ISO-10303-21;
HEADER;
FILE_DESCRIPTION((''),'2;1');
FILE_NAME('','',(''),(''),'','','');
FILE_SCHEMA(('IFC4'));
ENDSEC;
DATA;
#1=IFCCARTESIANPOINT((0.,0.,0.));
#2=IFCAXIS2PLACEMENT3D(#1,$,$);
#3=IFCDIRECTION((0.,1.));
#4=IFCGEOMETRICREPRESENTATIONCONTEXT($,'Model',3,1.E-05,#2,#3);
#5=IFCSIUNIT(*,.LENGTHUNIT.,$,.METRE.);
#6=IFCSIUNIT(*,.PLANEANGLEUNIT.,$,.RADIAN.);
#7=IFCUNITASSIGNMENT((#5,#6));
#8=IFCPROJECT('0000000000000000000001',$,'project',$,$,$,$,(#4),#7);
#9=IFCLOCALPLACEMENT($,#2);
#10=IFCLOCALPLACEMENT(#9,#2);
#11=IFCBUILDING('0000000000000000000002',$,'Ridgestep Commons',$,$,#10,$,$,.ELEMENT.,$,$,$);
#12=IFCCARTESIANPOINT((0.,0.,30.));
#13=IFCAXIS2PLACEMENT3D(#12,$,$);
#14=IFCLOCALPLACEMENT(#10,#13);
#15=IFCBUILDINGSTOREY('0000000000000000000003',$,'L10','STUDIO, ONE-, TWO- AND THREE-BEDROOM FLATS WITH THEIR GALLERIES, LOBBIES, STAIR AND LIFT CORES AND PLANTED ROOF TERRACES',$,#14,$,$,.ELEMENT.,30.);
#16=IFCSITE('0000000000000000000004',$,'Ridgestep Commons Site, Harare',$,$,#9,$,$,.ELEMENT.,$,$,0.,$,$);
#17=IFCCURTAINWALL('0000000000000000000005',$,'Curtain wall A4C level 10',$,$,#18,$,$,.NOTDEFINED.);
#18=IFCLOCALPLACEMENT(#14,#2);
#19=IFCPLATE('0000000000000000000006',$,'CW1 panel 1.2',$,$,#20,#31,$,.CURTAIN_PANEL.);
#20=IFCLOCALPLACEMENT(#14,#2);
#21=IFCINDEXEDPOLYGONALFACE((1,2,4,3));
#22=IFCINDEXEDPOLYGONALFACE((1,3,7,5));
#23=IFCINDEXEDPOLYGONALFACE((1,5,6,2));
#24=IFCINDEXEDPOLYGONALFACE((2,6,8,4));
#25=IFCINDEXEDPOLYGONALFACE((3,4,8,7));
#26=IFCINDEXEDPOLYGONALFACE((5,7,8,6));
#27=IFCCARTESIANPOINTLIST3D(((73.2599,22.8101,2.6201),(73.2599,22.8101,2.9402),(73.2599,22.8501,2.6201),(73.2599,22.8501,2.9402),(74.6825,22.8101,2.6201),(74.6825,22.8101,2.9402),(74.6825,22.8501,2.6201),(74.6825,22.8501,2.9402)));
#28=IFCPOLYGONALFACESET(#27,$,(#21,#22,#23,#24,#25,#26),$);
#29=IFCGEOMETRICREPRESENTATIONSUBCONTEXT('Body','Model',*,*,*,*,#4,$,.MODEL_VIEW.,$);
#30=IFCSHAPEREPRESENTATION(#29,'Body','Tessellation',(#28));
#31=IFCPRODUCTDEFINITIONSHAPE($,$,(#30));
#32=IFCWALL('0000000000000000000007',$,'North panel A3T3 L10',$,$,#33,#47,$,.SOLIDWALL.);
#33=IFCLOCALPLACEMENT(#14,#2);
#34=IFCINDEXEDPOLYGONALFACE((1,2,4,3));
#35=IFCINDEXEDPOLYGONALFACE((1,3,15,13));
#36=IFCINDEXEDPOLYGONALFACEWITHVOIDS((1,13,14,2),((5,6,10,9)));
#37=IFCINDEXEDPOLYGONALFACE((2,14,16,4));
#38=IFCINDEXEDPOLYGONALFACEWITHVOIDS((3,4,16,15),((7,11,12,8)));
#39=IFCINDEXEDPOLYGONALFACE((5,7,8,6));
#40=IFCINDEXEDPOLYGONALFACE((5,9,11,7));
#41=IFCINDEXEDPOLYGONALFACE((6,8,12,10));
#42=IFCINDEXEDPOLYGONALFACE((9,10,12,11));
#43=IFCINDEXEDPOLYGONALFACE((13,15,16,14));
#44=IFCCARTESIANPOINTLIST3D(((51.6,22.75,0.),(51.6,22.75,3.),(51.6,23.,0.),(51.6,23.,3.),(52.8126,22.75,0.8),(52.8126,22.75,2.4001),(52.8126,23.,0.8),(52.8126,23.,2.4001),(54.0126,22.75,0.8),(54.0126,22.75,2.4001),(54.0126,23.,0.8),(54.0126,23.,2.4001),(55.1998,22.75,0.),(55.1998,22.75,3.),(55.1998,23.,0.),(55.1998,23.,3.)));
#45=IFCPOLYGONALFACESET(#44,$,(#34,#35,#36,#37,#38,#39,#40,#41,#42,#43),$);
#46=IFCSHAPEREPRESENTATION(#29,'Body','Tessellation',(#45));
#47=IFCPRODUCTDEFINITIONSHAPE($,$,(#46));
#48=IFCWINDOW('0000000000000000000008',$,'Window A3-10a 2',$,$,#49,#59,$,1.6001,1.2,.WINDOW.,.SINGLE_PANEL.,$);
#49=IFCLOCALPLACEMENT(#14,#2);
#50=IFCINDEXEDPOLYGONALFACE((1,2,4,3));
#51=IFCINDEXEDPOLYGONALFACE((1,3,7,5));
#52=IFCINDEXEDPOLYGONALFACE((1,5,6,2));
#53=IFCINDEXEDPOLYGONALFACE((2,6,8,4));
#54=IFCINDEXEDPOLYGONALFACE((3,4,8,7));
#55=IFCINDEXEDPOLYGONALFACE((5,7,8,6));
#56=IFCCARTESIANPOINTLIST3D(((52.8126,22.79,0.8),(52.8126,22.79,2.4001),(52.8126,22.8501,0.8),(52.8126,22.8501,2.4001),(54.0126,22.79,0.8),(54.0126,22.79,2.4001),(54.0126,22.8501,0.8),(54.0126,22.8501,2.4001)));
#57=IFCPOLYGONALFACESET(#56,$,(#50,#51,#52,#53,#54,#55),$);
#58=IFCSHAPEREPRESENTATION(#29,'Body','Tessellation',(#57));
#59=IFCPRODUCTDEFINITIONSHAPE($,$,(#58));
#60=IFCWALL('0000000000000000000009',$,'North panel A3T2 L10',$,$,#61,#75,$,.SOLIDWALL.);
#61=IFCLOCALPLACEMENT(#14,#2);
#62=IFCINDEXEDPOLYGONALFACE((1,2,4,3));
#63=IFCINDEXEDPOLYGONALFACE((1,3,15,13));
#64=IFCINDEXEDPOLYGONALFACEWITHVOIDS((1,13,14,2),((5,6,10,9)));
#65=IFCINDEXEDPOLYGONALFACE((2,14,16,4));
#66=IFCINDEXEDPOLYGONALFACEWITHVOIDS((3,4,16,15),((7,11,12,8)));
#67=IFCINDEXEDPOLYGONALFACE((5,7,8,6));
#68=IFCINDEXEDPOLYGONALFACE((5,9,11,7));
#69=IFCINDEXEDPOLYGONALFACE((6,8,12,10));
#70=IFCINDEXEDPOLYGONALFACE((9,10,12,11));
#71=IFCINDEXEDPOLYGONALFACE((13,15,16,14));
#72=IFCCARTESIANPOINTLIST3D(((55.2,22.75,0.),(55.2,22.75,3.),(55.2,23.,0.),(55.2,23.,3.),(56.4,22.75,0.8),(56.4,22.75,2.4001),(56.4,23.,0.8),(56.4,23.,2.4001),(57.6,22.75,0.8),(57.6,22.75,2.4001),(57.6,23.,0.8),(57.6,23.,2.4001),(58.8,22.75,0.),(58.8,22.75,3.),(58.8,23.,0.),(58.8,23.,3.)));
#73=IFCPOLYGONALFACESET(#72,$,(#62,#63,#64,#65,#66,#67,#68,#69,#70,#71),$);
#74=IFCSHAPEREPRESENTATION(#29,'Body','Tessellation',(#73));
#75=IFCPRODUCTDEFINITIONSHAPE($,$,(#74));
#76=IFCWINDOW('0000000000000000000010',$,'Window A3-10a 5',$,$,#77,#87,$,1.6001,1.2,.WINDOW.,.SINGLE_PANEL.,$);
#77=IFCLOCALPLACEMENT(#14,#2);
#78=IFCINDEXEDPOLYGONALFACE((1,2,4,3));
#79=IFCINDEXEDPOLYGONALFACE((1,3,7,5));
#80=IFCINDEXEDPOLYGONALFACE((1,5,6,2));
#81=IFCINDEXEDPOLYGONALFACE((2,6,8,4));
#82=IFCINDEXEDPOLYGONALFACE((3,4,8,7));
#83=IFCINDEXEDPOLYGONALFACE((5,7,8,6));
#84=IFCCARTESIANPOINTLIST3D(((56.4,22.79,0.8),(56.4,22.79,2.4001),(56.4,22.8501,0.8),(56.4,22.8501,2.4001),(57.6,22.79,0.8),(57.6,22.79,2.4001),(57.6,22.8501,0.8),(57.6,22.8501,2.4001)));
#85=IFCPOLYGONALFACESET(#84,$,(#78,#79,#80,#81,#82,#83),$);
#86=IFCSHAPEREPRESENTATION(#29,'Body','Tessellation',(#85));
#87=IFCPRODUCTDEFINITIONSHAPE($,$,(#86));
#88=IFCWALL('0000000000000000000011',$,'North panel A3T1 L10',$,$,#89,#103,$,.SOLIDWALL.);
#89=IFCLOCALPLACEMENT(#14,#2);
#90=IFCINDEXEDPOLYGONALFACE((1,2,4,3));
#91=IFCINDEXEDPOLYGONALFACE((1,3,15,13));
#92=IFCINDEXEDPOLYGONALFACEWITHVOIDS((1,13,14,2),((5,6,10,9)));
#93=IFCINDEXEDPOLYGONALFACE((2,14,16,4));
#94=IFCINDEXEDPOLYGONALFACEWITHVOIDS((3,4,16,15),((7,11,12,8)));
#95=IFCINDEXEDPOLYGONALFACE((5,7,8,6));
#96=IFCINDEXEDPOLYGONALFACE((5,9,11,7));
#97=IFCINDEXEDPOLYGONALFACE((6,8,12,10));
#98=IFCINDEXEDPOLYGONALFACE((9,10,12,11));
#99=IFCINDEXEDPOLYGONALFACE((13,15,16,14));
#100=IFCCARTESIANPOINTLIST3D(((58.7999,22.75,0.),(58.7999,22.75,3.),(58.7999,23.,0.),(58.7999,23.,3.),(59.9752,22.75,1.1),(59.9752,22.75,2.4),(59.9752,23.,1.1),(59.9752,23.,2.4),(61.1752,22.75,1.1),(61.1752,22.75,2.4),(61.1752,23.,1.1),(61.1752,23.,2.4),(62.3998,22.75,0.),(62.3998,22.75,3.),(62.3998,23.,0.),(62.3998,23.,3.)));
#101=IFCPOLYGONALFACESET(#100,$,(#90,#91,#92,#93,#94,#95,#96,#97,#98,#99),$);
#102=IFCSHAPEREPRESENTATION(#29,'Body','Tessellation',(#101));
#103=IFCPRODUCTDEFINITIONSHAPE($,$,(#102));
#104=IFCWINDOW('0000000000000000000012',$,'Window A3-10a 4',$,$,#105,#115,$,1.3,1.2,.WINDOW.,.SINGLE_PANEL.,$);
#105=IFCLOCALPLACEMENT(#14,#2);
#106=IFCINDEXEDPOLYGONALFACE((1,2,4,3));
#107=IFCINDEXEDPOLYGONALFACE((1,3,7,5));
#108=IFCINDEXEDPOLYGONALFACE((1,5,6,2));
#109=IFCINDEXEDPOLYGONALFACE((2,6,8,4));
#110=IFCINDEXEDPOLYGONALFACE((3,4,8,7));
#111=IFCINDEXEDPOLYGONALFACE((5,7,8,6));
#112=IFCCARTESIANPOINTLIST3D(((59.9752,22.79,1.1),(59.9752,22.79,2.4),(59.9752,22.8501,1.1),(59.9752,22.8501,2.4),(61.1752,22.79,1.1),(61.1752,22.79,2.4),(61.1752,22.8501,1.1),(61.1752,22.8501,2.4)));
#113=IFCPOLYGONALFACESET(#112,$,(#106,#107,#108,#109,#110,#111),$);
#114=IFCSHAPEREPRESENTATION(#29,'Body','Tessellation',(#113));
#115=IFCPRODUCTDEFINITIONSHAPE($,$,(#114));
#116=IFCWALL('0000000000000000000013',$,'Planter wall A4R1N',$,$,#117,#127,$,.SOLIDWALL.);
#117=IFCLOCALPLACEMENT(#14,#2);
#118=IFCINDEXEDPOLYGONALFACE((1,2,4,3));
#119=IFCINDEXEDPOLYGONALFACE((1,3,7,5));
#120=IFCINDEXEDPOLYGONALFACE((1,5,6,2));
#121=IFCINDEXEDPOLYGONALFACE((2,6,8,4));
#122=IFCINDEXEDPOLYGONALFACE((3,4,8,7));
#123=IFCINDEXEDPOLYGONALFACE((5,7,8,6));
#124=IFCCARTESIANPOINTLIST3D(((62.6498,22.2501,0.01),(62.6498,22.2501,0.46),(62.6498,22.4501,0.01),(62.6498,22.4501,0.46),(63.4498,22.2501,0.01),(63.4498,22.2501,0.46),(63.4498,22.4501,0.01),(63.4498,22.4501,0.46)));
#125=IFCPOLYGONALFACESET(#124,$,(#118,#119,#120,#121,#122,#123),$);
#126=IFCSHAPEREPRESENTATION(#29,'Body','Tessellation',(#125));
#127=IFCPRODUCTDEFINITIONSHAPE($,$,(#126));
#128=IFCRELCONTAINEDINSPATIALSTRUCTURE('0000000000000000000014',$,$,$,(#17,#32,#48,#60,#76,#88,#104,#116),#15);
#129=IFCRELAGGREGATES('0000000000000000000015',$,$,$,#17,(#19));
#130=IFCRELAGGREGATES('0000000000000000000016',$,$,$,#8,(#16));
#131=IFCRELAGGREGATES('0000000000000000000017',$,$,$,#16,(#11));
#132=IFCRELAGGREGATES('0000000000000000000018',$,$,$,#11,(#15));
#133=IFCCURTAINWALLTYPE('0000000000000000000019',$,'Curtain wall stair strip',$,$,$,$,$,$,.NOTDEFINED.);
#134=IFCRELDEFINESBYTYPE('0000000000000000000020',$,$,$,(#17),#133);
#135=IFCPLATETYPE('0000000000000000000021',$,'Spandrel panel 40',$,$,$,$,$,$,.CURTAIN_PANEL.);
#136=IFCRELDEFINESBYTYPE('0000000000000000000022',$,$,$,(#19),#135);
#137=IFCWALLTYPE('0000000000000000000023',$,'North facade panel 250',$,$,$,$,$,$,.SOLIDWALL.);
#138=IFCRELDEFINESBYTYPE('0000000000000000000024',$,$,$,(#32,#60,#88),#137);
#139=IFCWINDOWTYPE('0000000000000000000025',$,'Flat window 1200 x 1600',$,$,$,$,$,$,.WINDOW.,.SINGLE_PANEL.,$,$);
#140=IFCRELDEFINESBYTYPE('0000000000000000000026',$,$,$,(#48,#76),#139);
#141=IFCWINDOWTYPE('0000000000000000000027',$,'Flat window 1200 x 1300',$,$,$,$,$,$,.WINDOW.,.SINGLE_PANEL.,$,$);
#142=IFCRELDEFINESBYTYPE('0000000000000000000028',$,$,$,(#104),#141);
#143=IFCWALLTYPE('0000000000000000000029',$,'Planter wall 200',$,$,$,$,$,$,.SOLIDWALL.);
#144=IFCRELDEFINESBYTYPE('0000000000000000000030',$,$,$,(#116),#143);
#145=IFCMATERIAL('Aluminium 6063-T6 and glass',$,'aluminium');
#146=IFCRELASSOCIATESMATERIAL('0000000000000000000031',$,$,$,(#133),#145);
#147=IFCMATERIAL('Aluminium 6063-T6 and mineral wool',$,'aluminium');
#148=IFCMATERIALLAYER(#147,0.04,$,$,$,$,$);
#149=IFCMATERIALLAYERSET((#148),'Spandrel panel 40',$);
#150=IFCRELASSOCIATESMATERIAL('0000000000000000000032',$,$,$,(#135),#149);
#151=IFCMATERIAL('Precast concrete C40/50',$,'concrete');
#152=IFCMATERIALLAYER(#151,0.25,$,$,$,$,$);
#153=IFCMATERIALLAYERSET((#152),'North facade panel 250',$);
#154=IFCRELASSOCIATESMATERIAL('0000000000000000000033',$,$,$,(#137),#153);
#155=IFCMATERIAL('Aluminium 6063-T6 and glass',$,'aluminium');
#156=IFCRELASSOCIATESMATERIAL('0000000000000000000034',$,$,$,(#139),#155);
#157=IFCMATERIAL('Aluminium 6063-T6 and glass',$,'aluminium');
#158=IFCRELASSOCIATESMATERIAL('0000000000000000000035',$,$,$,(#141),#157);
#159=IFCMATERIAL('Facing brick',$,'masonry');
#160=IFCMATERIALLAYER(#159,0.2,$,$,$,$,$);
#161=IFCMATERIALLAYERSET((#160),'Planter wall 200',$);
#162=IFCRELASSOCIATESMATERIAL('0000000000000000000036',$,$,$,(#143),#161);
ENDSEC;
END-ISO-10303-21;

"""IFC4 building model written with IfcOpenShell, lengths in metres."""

from ifc_helpers import new_model, si_unit, direction, frame, frame_2d, origin, origin_2d, place, context, subcontext, project, spatial, rectangle, extrude, material, layer, layer_set, type_object, element, fill, aggregate, save


model = new_model("IFC4")

# Units and contexts
model_context = context("Model", 3, precision=1e-05, world=origin(), true_north=direction((0.0, 1.0)))
body_context = subcontext(model_context, "Body", "Model", "MODEL_VIEW")
ifc_project = project(units=[si_unit("LENGTHUNIT", "METRE"), si_unit("PLANEANGLEUNIT", "RADIAN")], contexts=[model_context])

# Site, building, storey
site_placement = place(None, origin())
site = spatial("IfcSite", under=ifc_project, at=site_placement, Name="Ridgestep Commons Site, Harare", CompositionType="ELEMENT", RefElevation=0.0)
building_placement = place(site_placement, origin())
building = spatial("IfcBuilding", under=site, at=building_placement, Name="Ridgestep Commons", CompositionType="ELEMENT")
storey_placement = place(building_placement, frame((0.0, 0.0, 30.0)))
storey = spatial("IfcBuildingStorey", under=building, at=storey_placement, Name="L10", Description="STUDIO, ONE-, TWO- AND THREE-BEDROOM FLATS WITH THEIR GALLERIES, LOBBIES, STAIR AND LIFT CORES AND PLANTED ROOF TERRACES", CompositionType="ELEMENT", Elevation=30.0)

# Curtain wall
ifc_material_1 = material(Name="Aluminium 6063-T6 and glass", Category="aluminium")
curtain_wall_type = type_object("IfcCurtainWallType", Name="Curtain wall stair strip", PredefinedType="NOTDEFINED", material=ifc_material_1)
curtain_wall_1_placement = place(storey_placement, origin())
curtain_wall_1 = element("IfcCurtainWall", 1, at=curtain_wall_1_placement, inside=storey, type_object=curtain_wall_type, Name="Curtain wall A4C level 10", PredefinedType="NOTDEFINED")

# Plate
ifc_material_2 = material(Name="Aluminium 6063-T6 and mineral wool", Category="aluminium")
ifc_layer_1 = layer(ifc_material_2, 0.04)
ifc_layer_set_1 = layer_set([ifc_layer_1], Name="Spandrel panel 40")
plate_type_1 = type_object("IfcPlateType", Name="Spandrel panel 40", PredefinedType="CURTAIN_PANEL", material=ifc_layer_set_1)
plate_1_placement = place(storey_placement, frame((73.9712, 22.8301, 2.6201), z_axis=(0.0, 0.0, 1.0), x_axis=(1.0, 0.0, 0.0)))
plate_1 = element("IfcPlate", 2, at=plate_1_placement, type_object=plate_type_1, Name="CW1 panel 1.2", PredefinedType="CURTAIN_PANEL", context=body_context, shape_type="SweptSolid", body=[
    extrude(rectangle(XDim=1.4226, YDim=0.04, at=origin_2d()), origin(), (0.0, 0.0, 1.0), 0.3201),
])
aggregate(curtain_wall_1, [plate_1])

# Walls, openings, windows
ifc_material_3 = material(Name="Precast concrete C40/50", Category="concrete")
ifc_layer_2 = layer(ifc_material_3, 0.25)
ifc_layer_set_2 = layer_set([ifc_layer_2], Name="North facade panel 250")
wall_type_1 = type_object("IfcWallType", Name="North facade panel 250", PredefinedType="SOLIDWALL", material=ifc_layer_set_2)
wall_1_placement = place(storey_placement, frame((51.6001, 22.875, 0.0), z_axis=(0.0, 0.0, 1.0), x_axis=(1.0, 0.0, 0.0)))
wall_1 = element("IfcWall", 3, at=wall_1_placement, inside=storey, type_object=wall_type_1, Name="North panel A3T3 L10", PredefinedType="SOLIDWALL", context=body_context, shape_type="SweptSolid", body=[
    extrude(rectangle(XDim=3.5999, YDim=0.25, at=frame_2d((1.7998, 0.0))), origin(), (0.0, 0.0, 1.0), 3.0),
])
opening_1_placement = place(wall_1_placement, frame((1.2124, 0.0, 0.8)))
opening_1 = element("IfcOpeningElement", 4, at=opening_1_placement, cuts=wall_1, PredefinedType="OPENING", context=body_context, shape_type="SweptSolid", body=[
    extrude(rectangle(XDim=1.2, YDim=1.6001, at=frame_2d((0.6001, 0.8))), frame((0.0, 0.135, 0.0), z_axis=(0.0, -1.0, 0.0), x_axis=(1.0, 0.0, 0.0)), (0.0, 0.0, 1.0), 0.27),
])
ifc_material_4 = material(Name="Aluminium 6063-T6 and glass", Category="aluminium")
window_type_1 = type_object("IfcWindowType", Name="Flat window 1200 x 1600", PartitioningType="SINGLE_PANEL", PredefinedType="WINDOW", material=ifc_material_4)
window_1_placement = place(opening_1_placement, origin())
window_1 = element("IfcWindow", 5, at=window_1_placement, inside=storey, type_object=window_type_1, Name="Window A3-10a 2", OverallHeight=1.6001, OverallWidth=1.2, PartitioningType="SINGLE_PANEL", PredefinedType="WINDOW", context=body_context, shape_type="SweptSolid", body=[
    extrude(rectangle(XDim=1.2, YDim=1.6001, at=frame_2d((0.6001, 0.8))), frame((0.0, -0.0249, 0.0), z_axis=(0.0, -1.0, 0.0), x_axis=(1.0, 0.0, 0.0)), (0.0, 0.0, 1.0), 0.0601),
])
fill(opening_1, window_1)
wall_2_placement = place(storey_placement, frame((55.2, 22.875, 0.0), z_axis=(0.0, 0.0, 1.0), x_axis=(1.0, 0.0, 0.0)))
wall_2 = element("IfcWall", 6, at=wall_2_placement, inside=storey, type_object=wall_type_1, Name="North panel A3T2 L10", PredefinedType="SOLIDWALL", context=body_context, shape_type="SweptSolid", body=[
    extrude(rectangle(XDim=3.6001, YDim=0.25, at=frame_2d((1.8, 0.0))), origin(), (0.0, 0.0, 1.0), 3.0),
])
opening_2_placement = place(wall_2_placement, frame((1.2, 0.0, 0.8)))
opening_2 = element("IfcOpeningElement", 7, at=opening_2_placement, cuts=wall_2, PredefinedType="OPENING", context=body_context, shape_type="SweptSolid", body=[
    extrude(rectangle(XDim=1.2, YDim=1.6001, at=frame_2d((0.6001, 0.8))), frame((0.0, 0.135, 0.0), z_axis=(0.0, -1.0, 0.0), x_axis=(1.0, 0.0, 0.0)), (0.0, 0.0, 1.0), 0.27),
])
window_2_placement = place(opening_2_placement, origin())
window_2 = element("IfcWindow", 8, at=window_2_placement, inside=storey, type_object=window_type_1, Name="Window A3-10a 5", OverallHeight=1.6001, OverallWidth=1.2, PartitioningType="SINGLE_PANEL", PredefinedType="WINDOW", context=body_context, shape_type="SweptSolid", body=[
    extrude(rectangle(XDim=1.2, YDim=1.6001, at=frame_2d((0.6001, 0.8))), frame((0.0, -0.0249, 0.0), z_axis=(0.0, -1.0, 0.0), x_axis=(1.0, 0.0, 0.0)), (0.0, 0.0, 1.0), 0.0601),
])
fill(opening_2, window_2)
wall_3_placement = place(storey_placement, frame((58.8, 22.875, 0.0), z_axis=(0.0, 0.0, 1.0), x_axis=(1.0, 0.0, 0.0)))
wall_3 = element("IfcWall", 9, at=wall_3_placement, inside=storey, type_object=wall_type_1, Name="North panel A3T1 L10", PredefinedType="SOLIDWALL", context=body_context, shape_type="SweptSolid", body=[
    extrude(rectangle(XDim=3.5999, YDim=0.25, at=frame_2d((1.7998, 0.0))), origin(), (0.0, 0.0, 1.0), 3.0),
])
opening_3_placement = place(wall_3_placement, frame((1.175, 0.0, 1.1001)))
opening_3 = element("IfcOpeningElement", 10, at=opening_3_placement, cuts=wall_3, PredefinedType="OPENING", context=body_context, shape_type="SweptSolid", body=[
    extrude(rectangle(XDim=1.2, YDim=1.3, at=frame_2d((0.6001, 0.6499))), frame((0.0, 0.135, 0.0), z_axis=(0.0, -1.0, 0.0), x_axis=(1.0, 0.0, 0.0)), (0.0, 0.0, 1.0), 0.27),
])
ifc_material_5 = material(Name="Aluminium 6063-T6 and glass", Category="aluminium")
window_type_2 = type_object("IfcWindowType", Name="Flat window 1200 x 1300", PartitioningType="SINGLE_PANEL", PredefinedType="WINDOW", material=ifc_material_5)
window_3_placement = place(opening_3_placement, origin())
window_3 = element("IfcWindow", 11, at=window_3_placement, inside=storey, type_object=window_type_2, Name="Window A3-10a 4", OverallHeight=1.3, OverallWidth=1.2, PartitioningType="SINGLE_PANEL", PredefinedType="WINDOW", context=body_context, shape_type="SweptSolid", body=[
    extrude(rectangle(XDim=1.2, YDim=1.3, at=frame_2d((0.6001, 0.6499))), frame((0.0, -0.0249, 0.0), z_axis=(0.0, -1.0, 0.0), x_axis=(1.0, 0.0, 0.0)), (0.0, 0.0, 1.0), 0.0601),
])
fill(opening_3, window_3)

# Wall
ifc_material_6 = material(Name="Facing brick", Category="masonry")
ifc_layer_3 = layer(ifc_material_6, 0.2)
ifc_layer_set_3 = layer_set([ifc_layer_3], Name="Planter wall 200")
wall_type_2 = type_object("IfcWallType", Name="Planter wall 200", PredefinedType="SOLIDWALL", material=ifc_layer_set_3)
wall_4_placement = place(storey_placement, frame((62.6499, 22.3501, 0.01), z_axis=(0.0, 0.0, 1.0), x_axis=(1.0, 0.0, 0.0)))
element("IfcWall", 12, at=wall_4_placement, inside=storey, type_object=wall_type_2, Name="Planter wall A4R1N", PredefinedType="SOLIDWALL", context=body_context, shape_type="SweptSolid", body=[
    extrude(rectangle(XDim=0.8, YDim=0.2, at=frame_2d((0.3999, 0.0))), origin(), (0.0, 0.0, 1.0), 0.45),
])

save(model, "model.ifc")
